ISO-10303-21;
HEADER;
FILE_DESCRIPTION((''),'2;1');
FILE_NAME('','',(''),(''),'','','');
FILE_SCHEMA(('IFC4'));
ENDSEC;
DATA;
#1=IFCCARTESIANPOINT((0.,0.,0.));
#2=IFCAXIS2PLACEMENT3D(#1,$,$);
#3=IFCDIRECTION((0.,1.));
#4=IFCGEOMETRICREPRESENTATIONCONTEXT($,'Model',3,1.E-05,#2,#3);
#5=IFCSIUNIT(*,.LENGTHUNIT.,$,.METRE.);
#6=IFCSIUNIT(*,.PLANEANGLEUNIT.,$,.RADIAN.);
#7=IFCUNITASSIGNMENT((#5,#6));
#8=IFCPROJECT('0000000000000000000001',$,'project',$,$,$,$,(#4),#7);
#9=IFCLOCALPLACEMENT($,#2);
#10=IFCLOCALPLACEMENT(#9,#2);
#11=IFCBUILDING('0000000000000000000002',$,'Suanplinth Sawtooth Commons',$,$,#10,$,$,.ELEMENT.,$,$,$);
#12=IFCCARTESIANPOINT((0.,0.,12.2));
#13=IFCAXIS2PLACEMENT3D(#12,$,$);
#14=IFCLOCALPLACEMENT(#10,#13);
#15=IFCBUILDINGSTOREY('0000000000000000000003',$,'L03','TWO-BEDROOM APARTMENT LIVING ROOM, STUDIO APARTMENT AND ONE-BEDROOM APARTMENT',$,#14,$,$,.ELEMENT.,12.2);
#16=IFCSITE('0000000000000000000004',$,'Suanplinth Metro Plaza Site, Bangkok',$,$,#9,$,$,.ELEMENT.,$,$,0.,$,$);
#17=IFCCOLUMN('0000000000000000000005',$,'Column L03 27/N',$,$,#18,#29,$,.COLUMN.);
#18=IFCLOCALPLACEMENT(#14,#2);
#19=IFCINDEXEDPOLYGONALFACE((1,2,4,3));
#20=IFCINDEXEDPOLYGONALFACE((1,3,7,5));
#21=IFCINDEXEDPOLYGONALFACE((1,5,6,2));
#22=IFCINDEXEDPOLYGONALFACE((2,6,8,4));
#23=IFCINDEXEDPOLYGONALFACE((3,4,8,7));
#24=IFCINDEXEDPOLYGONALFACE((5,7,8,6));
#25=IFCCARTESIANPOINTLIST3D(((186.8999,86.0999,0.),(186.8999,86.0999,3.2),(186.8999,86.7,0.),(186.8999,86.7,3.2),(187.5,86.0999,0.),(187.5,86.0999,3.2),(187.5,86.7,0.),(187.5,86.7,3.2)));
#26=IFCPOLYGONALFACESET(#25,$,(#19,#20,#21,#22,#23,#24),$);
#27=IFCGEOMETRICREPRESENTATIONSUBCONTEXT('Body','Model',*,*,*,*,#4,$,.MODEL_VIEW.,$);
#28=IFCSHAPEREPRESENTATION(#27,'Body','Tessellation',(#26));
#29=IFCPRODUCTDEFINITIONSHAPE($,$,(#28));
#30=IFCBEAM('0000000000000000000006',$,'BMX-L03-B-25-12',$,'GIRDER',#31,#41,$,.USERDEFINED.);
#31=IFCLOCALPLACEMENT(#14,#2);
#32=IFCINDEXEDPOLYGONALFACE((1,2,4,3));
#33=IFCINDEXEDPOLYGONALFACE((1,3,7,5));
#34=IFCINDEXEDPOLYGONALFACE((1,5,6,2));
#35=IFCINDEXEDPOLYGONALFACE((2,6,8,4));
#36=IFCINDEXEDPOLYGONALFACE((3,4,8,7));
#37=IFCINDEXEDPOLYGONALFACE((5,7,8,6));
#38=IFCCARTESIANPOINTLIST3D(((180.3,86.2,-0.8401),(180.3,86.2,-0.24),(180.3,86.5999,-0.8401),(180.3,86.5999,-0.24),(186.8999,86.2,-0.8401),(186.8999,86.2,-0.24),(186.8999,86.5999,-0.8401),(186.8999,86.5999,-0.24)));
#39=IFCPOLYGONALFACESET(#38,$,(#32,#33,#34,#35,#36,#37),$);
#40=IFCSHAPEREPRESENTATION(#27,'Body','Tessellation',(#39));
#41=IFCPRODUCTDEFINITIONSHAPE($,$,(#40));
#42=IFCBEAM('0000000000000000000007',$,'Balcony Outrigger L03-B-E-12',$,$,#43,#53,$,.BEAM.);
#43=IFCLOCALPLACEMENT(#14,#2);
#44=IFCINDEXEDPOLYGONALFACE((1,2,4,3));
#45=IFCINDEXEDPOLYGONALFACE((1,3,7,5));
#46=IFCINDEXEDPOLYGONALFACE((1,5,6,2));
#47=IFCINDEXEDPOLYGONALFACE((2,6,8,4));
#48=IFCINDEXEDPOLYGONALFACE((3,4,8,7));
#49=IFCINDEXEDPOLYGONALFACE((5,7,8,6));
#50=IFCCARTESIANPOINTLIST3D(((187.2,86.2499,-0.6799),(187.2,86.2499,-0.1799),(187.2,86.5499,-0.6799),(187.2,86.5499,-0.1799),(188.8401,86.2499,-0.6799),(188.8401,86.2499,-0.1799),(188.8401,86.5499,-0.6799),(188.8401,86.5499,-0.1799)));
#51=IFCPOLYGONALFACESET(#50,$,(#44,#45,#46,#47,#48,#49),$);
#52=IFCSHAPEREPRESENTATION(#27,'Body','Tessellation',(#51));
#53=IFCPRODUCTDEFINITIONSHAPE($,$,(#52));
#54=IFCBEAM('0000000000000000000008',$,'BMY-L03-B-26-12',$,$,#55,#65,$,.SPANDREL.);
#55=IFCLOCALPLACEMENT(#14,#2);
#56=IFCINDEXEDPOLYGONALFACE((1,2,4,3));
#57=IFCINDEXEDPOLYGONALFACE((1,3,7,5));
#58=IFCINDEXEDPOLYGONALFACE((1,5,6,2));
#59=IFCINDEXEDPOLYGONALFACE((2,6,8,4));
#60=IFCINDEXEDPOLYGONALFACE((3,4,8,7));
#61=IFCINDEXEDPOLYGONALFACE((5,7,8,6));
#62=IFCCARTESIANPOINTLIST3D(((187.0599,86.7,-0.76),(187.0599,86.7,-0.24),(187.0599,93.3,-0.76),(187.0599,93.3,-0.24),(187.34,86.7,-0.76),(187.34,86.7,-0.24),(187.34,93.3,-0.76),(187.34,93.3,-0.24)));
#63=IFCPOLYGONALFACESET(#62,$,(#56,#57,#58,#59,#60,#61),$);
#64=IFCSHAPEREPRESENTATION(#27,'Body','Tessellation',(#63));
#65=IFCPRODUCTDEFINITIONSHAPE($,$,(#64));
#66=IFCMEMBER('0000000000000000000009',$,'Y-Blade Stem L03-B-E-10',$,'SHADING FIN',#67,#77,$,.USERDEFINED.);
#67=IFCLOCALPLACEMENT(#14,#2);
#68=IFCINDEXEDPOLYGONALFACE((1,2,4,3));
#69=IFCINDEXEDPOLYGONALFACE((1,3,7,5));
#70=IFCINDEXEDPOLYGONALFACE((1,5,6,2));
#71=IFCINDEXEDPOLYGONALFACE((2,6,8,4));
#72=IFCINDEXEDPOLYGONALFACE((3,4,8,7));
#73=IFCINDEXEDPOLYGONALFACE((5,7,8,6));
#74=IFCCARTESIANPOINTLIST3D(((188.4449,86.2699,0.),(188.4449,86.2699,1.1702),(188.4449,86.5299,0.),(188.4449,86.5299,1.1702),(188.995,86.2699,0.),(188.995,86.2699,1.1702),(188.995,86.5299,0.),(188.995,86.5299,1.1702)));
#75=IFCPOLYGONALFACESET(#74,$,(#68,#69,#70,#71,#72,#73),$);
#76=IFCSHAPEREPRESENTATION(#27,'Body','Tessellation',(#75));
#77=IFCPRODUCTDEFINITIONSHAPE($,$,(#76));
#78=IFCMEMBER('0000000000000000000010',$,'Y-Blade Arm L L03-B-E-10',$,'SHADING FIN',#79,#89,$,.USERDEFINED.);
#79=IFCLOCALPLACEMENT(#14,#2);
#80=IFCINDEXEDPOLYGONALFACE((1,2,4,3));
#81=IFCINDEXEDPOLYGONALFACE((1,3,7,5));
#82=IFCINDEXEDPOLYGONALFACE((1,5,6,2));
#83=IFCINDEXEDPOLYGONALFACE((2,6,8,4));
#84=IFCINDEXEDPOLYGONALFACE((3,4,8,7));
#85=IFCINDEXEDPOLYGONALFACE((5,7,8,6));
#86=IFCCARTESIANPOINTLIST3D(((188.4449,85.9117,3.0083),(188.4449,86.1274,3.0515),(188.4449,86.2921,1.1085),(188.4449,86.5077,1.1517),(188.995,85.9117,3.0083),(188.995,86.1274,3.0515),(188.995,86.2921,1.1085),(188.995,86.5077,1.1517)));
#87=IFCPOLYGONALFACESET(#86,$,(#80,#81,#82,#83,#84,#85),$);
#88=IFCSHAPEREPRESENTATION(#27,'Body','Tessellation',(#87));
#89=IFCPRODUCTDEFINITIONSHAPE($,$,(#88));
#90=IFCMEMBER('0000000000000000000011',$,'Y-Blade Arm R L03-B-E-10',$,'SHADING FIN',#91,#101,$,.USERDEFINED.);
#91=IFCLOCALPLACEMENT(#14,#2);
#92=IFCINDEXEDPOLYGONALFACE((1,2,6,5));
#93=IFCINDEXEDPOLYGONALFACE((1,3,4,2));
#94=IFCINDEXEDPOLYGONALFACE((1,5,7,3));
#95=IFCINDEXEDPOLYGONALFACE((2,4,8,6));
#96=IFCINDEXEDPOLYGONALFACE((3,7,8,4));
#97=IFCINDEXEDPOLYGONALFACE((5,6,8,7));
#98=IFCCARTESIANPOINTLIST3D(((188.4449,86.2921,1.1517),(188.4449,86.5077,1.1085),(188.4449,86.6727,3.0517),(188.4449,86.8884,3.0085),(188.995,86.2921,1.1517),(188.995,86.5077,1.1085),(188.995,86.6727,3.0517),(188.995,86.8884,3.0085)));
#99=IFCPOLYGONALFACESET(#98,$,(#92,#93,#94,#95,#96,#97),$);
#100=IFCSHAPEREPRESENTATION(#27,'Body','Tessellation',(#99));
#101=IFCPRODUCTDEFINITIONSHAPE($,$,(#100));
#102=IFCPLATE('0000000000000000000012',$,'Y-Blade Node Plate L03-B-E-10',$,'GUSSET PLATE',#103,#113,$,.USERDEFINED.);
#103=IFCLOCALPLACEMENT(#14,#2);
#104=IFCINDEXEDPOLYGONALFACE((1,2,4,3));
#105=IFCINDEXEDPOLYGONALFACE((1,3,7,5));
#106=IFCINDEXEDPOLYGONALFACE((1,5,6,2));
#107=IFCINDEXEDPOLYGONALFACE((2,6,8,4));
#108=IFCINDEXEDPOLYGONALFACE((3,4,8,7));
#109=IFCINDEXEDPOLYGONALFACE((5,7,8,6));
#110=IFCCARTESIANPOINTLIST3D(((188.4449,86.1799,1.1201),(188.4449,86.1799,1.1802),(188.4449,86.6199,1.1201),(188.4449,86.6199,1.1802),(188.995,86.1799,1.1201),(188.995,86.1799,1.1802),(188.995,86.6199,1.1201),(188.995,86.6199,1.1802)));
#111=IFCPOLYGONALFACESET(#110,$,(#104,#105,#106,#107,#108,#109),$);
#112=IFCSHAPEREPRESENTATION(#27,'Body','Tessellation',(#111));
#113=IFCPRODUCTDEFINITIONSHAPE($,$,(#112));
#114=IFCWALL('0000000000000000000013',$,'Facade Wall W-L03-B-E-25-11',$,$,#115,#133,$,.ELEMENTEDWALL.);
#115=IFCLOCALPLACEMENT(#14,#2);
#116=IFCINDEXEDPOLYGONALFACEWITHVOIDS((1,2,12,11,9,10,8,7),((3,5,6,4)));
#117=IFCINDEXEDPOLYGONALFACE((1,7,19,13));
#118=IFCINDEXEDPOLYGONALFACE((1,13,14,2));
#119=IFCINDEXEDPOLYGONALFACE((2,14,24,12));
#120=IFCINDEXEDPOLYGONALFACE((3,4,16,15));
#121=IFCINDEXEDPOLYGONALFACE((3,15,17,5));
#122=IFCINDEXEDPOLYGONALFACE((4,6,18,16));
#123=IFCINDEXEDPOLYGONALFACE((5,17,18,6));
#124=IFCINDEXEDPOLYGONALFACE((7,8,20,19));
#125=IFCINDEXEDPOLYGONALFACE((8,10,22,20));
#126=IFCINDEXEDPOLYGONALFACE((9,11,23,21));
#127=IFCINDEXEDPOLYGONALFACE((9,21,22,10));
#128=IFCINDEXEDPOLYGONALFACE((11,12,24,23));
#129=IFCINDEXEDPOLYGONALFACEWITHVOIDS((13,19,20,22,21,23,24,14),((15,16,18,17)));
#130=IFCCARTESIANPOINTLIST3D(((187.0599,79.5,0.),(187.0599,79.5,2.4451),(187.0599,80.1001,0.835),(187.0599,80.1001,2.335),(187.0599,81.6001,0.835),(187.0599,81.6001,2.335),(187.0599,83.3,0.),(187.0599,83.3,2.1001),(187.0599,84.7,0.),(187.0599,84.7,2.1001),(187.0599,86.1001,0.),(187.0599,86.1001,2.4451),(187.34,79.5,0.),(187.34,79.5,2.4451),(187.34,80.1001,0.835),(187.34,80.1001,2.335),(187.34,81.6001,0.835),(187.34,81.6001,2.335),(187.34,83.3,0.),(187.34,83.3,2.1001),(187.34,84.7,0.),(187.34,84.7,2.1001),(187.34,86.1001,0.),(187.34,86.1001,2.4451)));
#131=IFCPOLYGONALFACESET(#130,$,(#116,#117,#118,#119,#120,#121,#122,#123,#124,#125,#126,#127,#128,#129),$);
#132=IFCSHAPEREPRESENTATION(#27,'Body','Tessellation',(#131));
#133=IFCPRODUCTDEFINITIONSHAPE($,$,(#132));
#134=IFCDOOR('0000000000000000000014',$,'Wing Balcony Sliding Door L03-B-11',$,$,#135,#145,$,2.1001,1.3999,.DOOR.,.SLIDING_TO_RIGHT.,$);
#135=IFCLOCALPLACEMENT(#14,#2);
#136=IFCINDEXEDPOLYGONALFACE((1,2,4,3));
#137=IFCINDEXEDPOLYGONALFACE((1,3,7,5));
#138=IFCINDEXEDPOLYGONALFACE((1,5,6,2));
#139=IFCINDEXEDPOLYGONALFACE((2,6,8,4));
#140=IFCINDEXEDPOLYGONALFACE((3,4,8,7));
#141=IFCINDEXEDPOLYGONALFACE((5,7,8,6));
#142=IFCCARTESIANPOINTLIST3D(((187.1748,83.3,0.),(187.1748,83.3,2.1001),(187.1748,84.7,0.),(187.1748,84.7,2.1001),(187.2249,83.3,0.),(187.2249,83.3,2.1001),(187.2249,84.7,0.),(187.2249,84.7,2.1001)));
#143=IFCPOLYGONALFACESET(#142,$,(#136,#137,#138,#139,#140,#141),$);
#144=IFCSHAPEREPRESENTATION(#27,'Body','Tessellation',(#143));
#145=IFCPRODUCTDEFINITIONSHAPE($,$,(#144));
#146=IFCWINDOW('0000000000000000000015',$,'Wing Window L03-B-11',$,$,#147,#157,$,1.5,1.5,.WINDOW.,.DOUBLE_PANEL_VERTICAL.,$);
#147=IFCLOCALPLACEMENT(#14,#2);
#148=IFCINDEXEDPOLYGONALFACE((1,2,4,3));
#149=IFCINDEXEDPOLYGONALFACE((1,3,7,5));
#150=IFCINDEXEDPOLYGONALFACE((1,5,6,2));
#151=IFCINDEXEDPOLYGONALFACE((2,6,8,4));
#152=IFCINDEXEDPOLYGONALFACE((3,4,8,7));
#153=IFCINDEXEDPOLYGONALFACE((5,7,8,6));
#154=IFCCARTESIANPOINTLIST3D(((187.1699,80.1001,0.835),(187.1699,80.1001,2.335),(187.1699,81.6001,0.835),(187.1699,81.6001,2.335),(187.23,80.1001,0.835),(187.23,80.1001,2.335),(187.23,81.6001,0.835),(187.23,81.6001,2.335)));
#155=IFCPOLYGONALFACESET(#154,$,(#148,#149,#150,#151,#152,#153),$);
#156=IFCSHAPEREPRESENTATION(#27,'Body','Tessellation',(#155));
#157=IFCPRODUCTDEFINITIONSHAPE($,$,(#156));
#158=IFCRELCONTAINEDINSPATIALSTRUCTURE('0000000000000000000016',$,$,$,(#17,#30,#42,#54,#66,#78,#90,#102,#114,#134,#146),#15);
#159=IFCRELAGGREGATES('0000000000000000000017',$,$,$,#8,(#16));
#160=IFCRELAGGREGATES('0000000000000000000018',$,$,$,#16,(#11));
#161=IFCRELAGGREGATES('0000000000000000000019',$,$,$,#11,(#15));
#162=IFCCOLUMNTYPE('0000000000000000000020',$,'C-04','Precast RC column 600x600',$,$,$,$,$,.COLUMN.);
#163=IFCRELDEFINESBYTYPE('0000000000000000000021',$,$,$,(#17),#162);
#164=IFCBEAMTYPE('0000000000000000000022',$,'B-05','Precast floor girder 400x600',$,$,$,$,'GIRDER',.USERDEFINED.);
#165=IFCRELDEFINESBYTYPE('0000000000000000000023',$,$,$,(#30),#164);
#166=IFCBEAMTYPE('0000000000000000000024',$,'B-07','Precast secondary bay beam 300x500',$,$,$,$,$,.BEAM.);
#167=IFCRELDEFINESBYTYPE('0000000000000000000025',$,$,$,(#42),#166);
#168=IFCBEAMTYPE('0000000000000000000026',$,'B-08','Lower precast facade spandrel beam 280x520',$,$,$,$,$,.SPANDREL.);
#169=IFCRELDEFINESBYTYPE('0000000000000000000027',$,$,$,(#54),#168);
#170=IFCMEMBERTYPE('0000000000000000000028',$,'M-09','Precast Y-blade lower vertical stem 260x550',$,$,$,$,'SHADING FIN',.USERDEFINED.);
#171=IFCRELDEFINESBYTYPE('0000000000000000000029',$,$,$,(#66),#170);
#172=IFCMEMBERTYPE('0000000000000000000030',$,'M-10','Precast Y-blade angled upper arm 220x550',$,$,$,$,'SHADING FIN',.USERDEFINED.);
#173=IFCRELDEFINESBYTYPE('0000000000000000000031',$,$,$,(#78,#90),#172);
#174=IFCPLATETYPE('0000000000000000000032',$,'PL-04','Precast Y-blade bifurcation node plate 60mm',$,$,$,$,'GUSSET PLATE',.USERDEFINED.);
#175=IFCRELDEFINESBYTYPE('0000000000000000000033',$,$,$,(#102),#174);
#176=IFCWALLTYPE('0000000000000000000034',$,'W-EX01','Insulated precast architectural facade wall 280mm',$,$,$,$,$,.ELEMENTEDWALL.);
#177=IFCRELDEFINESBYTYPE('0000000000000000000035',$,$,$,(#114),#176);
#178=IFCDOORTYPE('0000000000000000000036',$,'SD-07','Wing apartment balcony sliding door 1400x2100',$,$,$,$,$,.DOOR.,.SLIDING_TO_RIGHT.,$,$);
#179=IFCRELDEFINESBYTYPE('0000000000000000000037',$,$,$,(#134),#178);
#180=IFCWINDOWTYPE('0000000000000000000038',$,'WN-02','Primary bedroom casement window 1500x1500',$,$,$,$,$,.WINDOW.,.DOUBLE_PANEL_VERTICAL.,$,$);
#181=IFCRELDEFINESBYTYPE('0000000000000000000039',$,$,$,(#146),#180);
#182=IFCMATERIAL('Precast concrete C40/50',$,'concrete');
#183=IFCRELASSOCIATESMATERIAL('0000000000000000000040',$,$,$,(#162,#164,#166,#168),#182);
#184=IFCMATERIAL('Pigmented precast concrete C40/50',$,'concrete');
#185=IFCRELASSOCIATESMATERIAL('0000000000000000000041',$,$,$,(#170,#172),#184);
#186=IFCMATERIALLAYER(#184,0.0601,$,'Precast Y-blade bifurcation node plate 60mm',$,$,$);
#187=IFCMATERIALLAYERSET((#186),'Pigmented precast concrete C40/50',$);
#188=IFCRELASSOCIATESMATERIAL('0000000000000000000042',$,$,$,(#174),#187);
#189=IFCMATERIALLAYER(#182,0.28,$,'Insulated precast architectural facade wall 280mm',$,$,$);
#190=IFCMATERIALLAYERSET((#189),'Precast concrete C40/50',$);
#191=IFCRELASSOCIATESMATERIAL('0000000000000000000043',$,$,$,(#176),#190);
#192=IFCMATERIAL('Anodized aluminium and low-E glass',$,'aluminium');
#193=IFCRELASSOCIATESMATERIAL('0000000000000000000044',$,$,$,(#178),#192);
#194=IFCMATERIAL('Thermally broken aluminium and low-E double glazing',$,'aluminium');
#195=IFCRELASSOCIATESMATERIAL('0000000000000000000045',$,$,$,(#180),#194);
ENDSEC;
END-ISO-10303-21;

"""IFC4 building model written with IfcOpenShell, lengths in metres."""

from ifc_helpers import new_model, si_unit, direction, frame, frame_2d, origin, origin_2d, place, context, subcontext, project, spatial, rectangle, extrude, material, layer, layer_set, material_profile, profile_set, type_object, element, fill, save


model = new_model("IFC4")

# Units and contexts
model_context = context("Model", 3, precision=1e-05, world=origin(), true_north=direction((0.0, 1.0)))
body_context = subcontext(model_context, "Body", "Model", "MODEL_VIEW")
ifc_project = project(units=[si_unit("LENGTHUNIT", "METRE"), si_unit("PLANEANGLEUNIT", "RADIAN")], contexts=[model_context])

# Site, building, storey
site_placement = place(None, origin())
site = spatial("IfcSite", under=ifc_project, at=site_placement, Name="Suanplinth Metro Plaza Site, Bangkok", CompositionType="ELEMENT", RefElevation=0.0)
building_placement = place(site_placement, origin())
building = spatial("IfcBuilding", under=site, at=building_placement, Name="Suanplinth Sawtooth Commons", CompositionType="ELEMENT")
storey_placement = place(building_placement, frame((0.0, 0.0, 12.2)))
storey = spatial("IfcBuildingStorey", under=building, at=storey_placement, Name="L03", Description="TWO-BEDROOM APARTMENT LIVING ROOM, STUDIO APARTMENT AND ONE-BEDROOM APARTMENT", CompositionType="ELEMENT", Elevation=12.2)

# Column
ifc_material_1 = material(Name="Precast concrete C40/50", Category="concrete")
ifc_material_profile_1 = material_profile(ifc_material_1, rectangle(XDim=0.6001, YDim=0.6001, at=origin_2d()), Name="PC-COL 600x600")
ifc_profile_set_1 = profile_set([ifc_material_profile_1], Name="Precast concrete C40/50")
column_type = type_object("IfcColumnType", Name="C-04", Description="Precast RC column 600x600", PredefinedType="COLUMN", material=ifc_profile_set_1)
column_placement = place(storey_placement, frame((187.2, 86.3999, 0.0), z_axis=(0.0, 0.0, 1.0), x_axis=(1.0, 0.0, 0.0)))
element("IfcColumn", 1, at=column_placement, inside=storey, type_object=column_type, Name="Column L03 27/N", PredefinedType="COLUMN", context=body_context, shape_type="SweptSolid", body=[
    extrude(rectangle(XDim=0.6001, YDim=0.6001, at=origin_2d()), origin(), (0.0, 0.0, 1.0), 3.2),
])

# Beams
ifc_material_profile_2 = material_profile(ifc_material_1, rectangle(XDim=0.3999, YDim=0.6001, at=origin_2d()), Name="PC-GDR 400x600")
ifc_profile_set_2 = profile_set([ifc_material_profile_2], Name="Precast concrete C40/50")
beam_type_1 = type_object("IfcBeamType", Name="B-05", Description="Precast floor girder 400x600", ElementType="GIRDER", PredefinedType="USERDEFINED", material=ifc_profile_set_2)
beam_1_placement = place(storey_placement, frame((180.3, 86.3999, -0.54), z_axis=(1.0, 0.0, 0.0), x_axis=(0.0, 1.0, 0.0)))
element("IfcBeam", 2, at=beam_1_placement, inside=storey, type_object=beam_type_1, Name="BMX-L03-B-25-12", ObjectType="GIRDER", PredefinedType="USERDEFINED", context=body_context, shape_type="SweptSolid", body=[
    extrude(rectangle(XDim=0.3999, YDim=0.6001, at=origin_2d()), origin(), (0.0, 0.0, 1.0), 6.5999),
])
ifc_material_profile_3 = material_profile(ifc_material_1, rectangle(XDim=0.3, YDim=0.5, at=origin_2d()), Name="PC-BM 300x500")
ifc_profile_set_3 = profile_set([ifc_material_profile_3], Name="Precast concrete C40/50")
beam_type_2 = type_object("IfcBeamType", Name="B-07", Description="Precast secondary bay beam 300x500", PredefinedType="BEAM", material=ifc_profile_set_3)
beam_2_placement = place(storey_placement, frame((187.2, 86.3999, -0.4299), z_axis=(1.0, 0.0, 0.0), x_axis=(0.0, 1.0, 0.0)))
element("IfcBeam", 3, at=beam_2_placement, inside=storey, type_object=beam_type_2, Name="Balcony Outrigger L03-B-E-12", PredefinedType="BEAM", context=body_context, shape_type="SweptSolid", body=[
    extrude(rectangle(XDim=0.3, YDim=0.5, at=origin_2d()), origin(), (0.0, 0.0, 1.0), 1.6401),
])
ifc_material_profile_4 = material_profile(ifc_material_1, rectangle(XDim=0.28, YDim=0.52, at=origin_2d()), Name="PC-SP 280x520")
ifc_profile_set_4 = profile_set([ifc_material_profile_4], Name="Precast concrete C40/50")
beam_type_3 = type_object("IfcBeamType", Name="B-08", Description="Lower precast facade spandrel beam 280x520", PredefinedType="SPANDREL", material=ifc_profile_set_4)
beam_3_placement = place(storey_placement, frame((187.2, 86.7, -0.5), z_axis=(0.0, 1.0, 0.0), x_axis=(-1.0, 0.0, 0.0)))
element("IfcBeam", 4, at=beam_3_placement, inside=storey, type_object=beam_type_3, Name="BMY-L03-B-26-12", PredefinedType="SPANDREL", context=body_context, shape_type="SweptSolid", body=[
    extrude(rectangle(XDim=0.28, YDim=0.52, at=origin_2d()), origin(), (0.0, 0.0, 1.0), 6.6001),
])

# Members
ifc_material_2 = material(Name="Pigmented precast concrete C40/50", Category="concrete")
ifc_material_profile_5 = material_profile(ifc_material_2, rectangle(XDim=0.26, YDim=0.55, at=origin_2d()), Name="PC-FIN 260x550")
ifc_profile_set_5 = profile_set([ifc_material_profile_5], Name="Pigmented precast concrete C40/50")
member_type_1 = type_object("IfcMemberType", Name="M-09", Description="Precast Y-blade lower vertical stem 260x550", ElementType="SHADING FIN", PredefinedType="USERDEFINED", material=ifc_profile_set_5)
member_1_placement = place(storey_placement, frame((188.72, 86.3999, 0.0), z_axis=(0.0, 0.0, 1.0), x_axis=(0.0, 1.0, 0.0)))
element("IfcMember", 5, at=member_1_placement, inside=storey, type_object=member_type_1, Name="Y-Blade Stem L03-B-E-10", ObjectType="SHADING FIN", PredefinedType="USERDEFINED", context=body_context, shape_type="SweptSolid", body=[
    extrude(rectangle(XDim=0.26, YDim=0.55, at=origin_2d()), origin(), (0.0, 0.0, 1.0), 1.1702),
])
ifc_material_profile_6 = material_profile(ifc_material_2, rectangle(XDim=0.22, YDim=0.55, at=origin_2d()), Name="PC-FIN 220x550")
ifc_profile_set_6 = profile_set([ifc_material_profile_6], Name="Pigmented precast concrete C40/50")
member_type_2 = type_object("IfcMemberType", Name="M-10", Description="Precast Y-blade angled upper arm 220x550", ElementType="SHADING FIN", PredefinedType="USERDEFINED", material=ifc_profile_set_6)
member_2_placement = place(storey_placement, frame((188.72, 86.3999, 1.1301), z_axis=(0.0, -0.19631, 0.980542), x_axis=(0.0, 0.980542, 0.19631)))
element("IfcMember", 6, at=member_2_placement, inside=storey, type_object=member_type_2, Name="Y-Blade Arm L L03-B-E-10", ObjectType="SHADING FIN", PredefinedType="USERDEFINED", context=body_context, shape_type="SweptSolid", body=[
    extrude(rectangle(XDim=0.22, YDim=0.55, at=origin_2d()), origin(), (0.0, 0.0, 1.0), 1.9375),
])
member_3_placement = place(storey_placement, frame((188.72, 86.3999, 1.1301), z_axis=(0.0, 0.196431, 0.980518), x_axis=(0.0, -0.980518, 0.196431)))
element("IfcMember", 7, at=member_3_placement, inside=storey, type_object=member_type_2, Name="Y-Blade Arm R L03-B-E-10", ObjectType="SHADING FIN", PredefinedType="USERDEFINED", context=body_context, shape_type="SweptSolid", body=[
    extrude(rectangle(XDim=0.22, YDim=0.55, at=origin_2d()), origin(), (0.0, 0.0, 1.0), 1.9377),
])

# Plate
ifc_layer_1 = layer(ifc_material_2, 0.0601, Name="Precast Y-blade bifurcation node plate 60mm")
ifc_layer_set_1 = layer_set([ifc_layer_1], Name="Pigmented precast concrete C40/50")
plate_type = type_object("IfcPlateType", Name="PL-04", Description="Precast Y-blade bifurcation node plate 60mm", ElementType="GUSSET PLATE", PredefinedType="USERDEFINED", material=ifc_layer_set_1)
plate_placement = place(storey_placement, frame((188.72, 86.3999, 1.1201), z_axis=(0.0, 0.0, 1.0), x_axis=(0.0, 1.0, 0.0)))
element("IfcPlate", 8, at=plate_placement, inside=storey, type_object=plate_type, Name="Y-Blade Node Plate L03-B-E-10", ObjectType="GUSSET PLATE", PredefinedType="USERDEFINED", context=body_context, shape_type="SweptSolid", body=[
    extrude(rectangle(XDim=0.4399, YDim=0.55, at=origin_2d()), origin(), (0.0, 0.0, 1.0), 0.0601),
])

# Wall, openings, door, window
ifc_layer_2 = layer(ifc_material_1, 0.28, Name="Insulated precast architectural facade wall 280mm")
ifc_layer_set_2 = layer_set([ifc_layer_2], Name="Precast concrete C40/50")
wall_type_1 = type_object("IfcWallType", Name="W-EX01", Description="Insulated precast architectural facade wall 280mm", PredefinedType="ELEMENTEDWALL", material=ifc_layer_set_2)
wall_1_placement = place(storey_placement, frame((187.2, 79.5, 0.0), z_axis=(0.0, 0.0, 1.0), x_axis=(0.0, 1.0, 0.0)))
wall_1 = element("IfcWall", 9, at=wall_1_placement, inside=storey, type_object=wall_type_1, Name="Facade Wall W-L03-B-E-25-11", PredefinedType="ELEMENTEDWALL", context=body_context, shape_type="SweptSolid", body=[
    extrude(rectangle(XDim=6.6001, YDim=0.28, at=frame_2d((3.3, 0.0))), origin(), (0.0, 0.0, 1.0), 2.4451),
])
opening_1_placement = place(wall_1_placement, frame((3.8, 0.0, 0.0)))
opening_1 = element("IfcOpeningElement", 10, at=opening_1_placement, cuts=wall_1, PredefinedType="OPENING", context=body_context, shape_type="SweptSolid", body=[
    extrude(rectangle(XDim=1.3999, YDim=2.1001, at=frame_2d((0.7, 1.05))), frame((0.0, 0.1548, 0.0), z_axis=(0.0, -1.0, 0.0), x_axis=(1.0, 0.0, 0.0)), (0.0, 0.0, 1.0), 0.3098),
])
opening_2_placement = place(wall_1_placement, frame((0.6001, 0.0, 0.835)))
opening_2 = element("IfcOpeningElement", 11, at=opening_2_placement, cuts=wall_1, PredefinedType="OPENING", context=body_context, shape_type="SweptSolid", body=[
    extrude(rectangle(XDim=1.5, YDim=1.5, at=frame_2d((0.75, 0.75))), frame((0.0, 0.1548, 0.0), z_axis=(0.0, -1.0, 0.0), x_axis=(1.0, 0.0, 0.0)), (0.0, 0.0, 1.0), 0.3098),
])
ifc_material_3 = material(Name="Anodized aluminium and low-E glass", Category="aluminium")
door_type_1 = type_object("IfcDoorType", Name="SD-07", Description="Wing apartment balcony sliding door 1400x2100", OperationType="SLIDING_TO_RIGHT", PredefinedType="DOOR", material=ifc_material_3)
door_1_placement = place(opening_1_placement, frame((1.3999, 0.0, 0.0), z_axis=(0.0, 0.0, 1.0), x_axis=(-1.0, 0.0, 0.0)))
door_1 = element("IfcDoor", 12, at=door_1_placement, inside=storey, type_object=door_type_1, Name="Wing Balcony Sliding Door L03-B-11", OperationType="SLIDING_TO_RIGHT", OverallHeight=2.1001, OverallWidth=1.3999, PredefinedType="DOOR", context=body_context, shape_type="SweptSolid", body=[
    extrude(rectangle(XDim=1.3999, YDim=2.1001, at=frame_2d((0.7, 1.05))), frame((0.0, 0.0249, 0.0), z_axis=(0.0, -1.0, 0.0), x_axis=(1.0, 0.0, 0.0)), (0.0, 0.0, 1.0), 0.05),
])
fill(opening_1, door_1)
ifc_material_4 = material(Name="Thermally broken aluminium and low-E double glazing", Category="aluminium")
window_type = type_object("IfcWindowType", Name="WN-02", Description="Primary bedroom casement window 1500x1500", PartitioningType="DOUBLE_PANEL_VERTICAL", PredefinedType="WINDOW", material=ifc_material_4)
window_1_placement = place(opening_2_placement, origin())
window_1 = element("IfcWindow", 13, at=window_1_placement, inside=storey, type_object=window_type, Name="Wing Window L03-B-11", OverallHeight=1.5, OverallWidth=1.5, PartitioningType="DOUBLE_PANEL_VERTICAL", PredefinedType="WINDOW", context=body_context, shape_type="SweptSolid", body=[
    extrude(rectangle(XDim=1.5, YDim=1.5, at=frame_2d((0.75, 0.75))), frame((0.0, 0.03, 0.0), z_axis=(0.0, -1.0, 0.0), x_axis=(1.0, 0.0, 0.0)), (0.0, 0.0, 1.0), 0.0601),
])
fill(opening_2, window_1)

save(model, "model.ifc")
